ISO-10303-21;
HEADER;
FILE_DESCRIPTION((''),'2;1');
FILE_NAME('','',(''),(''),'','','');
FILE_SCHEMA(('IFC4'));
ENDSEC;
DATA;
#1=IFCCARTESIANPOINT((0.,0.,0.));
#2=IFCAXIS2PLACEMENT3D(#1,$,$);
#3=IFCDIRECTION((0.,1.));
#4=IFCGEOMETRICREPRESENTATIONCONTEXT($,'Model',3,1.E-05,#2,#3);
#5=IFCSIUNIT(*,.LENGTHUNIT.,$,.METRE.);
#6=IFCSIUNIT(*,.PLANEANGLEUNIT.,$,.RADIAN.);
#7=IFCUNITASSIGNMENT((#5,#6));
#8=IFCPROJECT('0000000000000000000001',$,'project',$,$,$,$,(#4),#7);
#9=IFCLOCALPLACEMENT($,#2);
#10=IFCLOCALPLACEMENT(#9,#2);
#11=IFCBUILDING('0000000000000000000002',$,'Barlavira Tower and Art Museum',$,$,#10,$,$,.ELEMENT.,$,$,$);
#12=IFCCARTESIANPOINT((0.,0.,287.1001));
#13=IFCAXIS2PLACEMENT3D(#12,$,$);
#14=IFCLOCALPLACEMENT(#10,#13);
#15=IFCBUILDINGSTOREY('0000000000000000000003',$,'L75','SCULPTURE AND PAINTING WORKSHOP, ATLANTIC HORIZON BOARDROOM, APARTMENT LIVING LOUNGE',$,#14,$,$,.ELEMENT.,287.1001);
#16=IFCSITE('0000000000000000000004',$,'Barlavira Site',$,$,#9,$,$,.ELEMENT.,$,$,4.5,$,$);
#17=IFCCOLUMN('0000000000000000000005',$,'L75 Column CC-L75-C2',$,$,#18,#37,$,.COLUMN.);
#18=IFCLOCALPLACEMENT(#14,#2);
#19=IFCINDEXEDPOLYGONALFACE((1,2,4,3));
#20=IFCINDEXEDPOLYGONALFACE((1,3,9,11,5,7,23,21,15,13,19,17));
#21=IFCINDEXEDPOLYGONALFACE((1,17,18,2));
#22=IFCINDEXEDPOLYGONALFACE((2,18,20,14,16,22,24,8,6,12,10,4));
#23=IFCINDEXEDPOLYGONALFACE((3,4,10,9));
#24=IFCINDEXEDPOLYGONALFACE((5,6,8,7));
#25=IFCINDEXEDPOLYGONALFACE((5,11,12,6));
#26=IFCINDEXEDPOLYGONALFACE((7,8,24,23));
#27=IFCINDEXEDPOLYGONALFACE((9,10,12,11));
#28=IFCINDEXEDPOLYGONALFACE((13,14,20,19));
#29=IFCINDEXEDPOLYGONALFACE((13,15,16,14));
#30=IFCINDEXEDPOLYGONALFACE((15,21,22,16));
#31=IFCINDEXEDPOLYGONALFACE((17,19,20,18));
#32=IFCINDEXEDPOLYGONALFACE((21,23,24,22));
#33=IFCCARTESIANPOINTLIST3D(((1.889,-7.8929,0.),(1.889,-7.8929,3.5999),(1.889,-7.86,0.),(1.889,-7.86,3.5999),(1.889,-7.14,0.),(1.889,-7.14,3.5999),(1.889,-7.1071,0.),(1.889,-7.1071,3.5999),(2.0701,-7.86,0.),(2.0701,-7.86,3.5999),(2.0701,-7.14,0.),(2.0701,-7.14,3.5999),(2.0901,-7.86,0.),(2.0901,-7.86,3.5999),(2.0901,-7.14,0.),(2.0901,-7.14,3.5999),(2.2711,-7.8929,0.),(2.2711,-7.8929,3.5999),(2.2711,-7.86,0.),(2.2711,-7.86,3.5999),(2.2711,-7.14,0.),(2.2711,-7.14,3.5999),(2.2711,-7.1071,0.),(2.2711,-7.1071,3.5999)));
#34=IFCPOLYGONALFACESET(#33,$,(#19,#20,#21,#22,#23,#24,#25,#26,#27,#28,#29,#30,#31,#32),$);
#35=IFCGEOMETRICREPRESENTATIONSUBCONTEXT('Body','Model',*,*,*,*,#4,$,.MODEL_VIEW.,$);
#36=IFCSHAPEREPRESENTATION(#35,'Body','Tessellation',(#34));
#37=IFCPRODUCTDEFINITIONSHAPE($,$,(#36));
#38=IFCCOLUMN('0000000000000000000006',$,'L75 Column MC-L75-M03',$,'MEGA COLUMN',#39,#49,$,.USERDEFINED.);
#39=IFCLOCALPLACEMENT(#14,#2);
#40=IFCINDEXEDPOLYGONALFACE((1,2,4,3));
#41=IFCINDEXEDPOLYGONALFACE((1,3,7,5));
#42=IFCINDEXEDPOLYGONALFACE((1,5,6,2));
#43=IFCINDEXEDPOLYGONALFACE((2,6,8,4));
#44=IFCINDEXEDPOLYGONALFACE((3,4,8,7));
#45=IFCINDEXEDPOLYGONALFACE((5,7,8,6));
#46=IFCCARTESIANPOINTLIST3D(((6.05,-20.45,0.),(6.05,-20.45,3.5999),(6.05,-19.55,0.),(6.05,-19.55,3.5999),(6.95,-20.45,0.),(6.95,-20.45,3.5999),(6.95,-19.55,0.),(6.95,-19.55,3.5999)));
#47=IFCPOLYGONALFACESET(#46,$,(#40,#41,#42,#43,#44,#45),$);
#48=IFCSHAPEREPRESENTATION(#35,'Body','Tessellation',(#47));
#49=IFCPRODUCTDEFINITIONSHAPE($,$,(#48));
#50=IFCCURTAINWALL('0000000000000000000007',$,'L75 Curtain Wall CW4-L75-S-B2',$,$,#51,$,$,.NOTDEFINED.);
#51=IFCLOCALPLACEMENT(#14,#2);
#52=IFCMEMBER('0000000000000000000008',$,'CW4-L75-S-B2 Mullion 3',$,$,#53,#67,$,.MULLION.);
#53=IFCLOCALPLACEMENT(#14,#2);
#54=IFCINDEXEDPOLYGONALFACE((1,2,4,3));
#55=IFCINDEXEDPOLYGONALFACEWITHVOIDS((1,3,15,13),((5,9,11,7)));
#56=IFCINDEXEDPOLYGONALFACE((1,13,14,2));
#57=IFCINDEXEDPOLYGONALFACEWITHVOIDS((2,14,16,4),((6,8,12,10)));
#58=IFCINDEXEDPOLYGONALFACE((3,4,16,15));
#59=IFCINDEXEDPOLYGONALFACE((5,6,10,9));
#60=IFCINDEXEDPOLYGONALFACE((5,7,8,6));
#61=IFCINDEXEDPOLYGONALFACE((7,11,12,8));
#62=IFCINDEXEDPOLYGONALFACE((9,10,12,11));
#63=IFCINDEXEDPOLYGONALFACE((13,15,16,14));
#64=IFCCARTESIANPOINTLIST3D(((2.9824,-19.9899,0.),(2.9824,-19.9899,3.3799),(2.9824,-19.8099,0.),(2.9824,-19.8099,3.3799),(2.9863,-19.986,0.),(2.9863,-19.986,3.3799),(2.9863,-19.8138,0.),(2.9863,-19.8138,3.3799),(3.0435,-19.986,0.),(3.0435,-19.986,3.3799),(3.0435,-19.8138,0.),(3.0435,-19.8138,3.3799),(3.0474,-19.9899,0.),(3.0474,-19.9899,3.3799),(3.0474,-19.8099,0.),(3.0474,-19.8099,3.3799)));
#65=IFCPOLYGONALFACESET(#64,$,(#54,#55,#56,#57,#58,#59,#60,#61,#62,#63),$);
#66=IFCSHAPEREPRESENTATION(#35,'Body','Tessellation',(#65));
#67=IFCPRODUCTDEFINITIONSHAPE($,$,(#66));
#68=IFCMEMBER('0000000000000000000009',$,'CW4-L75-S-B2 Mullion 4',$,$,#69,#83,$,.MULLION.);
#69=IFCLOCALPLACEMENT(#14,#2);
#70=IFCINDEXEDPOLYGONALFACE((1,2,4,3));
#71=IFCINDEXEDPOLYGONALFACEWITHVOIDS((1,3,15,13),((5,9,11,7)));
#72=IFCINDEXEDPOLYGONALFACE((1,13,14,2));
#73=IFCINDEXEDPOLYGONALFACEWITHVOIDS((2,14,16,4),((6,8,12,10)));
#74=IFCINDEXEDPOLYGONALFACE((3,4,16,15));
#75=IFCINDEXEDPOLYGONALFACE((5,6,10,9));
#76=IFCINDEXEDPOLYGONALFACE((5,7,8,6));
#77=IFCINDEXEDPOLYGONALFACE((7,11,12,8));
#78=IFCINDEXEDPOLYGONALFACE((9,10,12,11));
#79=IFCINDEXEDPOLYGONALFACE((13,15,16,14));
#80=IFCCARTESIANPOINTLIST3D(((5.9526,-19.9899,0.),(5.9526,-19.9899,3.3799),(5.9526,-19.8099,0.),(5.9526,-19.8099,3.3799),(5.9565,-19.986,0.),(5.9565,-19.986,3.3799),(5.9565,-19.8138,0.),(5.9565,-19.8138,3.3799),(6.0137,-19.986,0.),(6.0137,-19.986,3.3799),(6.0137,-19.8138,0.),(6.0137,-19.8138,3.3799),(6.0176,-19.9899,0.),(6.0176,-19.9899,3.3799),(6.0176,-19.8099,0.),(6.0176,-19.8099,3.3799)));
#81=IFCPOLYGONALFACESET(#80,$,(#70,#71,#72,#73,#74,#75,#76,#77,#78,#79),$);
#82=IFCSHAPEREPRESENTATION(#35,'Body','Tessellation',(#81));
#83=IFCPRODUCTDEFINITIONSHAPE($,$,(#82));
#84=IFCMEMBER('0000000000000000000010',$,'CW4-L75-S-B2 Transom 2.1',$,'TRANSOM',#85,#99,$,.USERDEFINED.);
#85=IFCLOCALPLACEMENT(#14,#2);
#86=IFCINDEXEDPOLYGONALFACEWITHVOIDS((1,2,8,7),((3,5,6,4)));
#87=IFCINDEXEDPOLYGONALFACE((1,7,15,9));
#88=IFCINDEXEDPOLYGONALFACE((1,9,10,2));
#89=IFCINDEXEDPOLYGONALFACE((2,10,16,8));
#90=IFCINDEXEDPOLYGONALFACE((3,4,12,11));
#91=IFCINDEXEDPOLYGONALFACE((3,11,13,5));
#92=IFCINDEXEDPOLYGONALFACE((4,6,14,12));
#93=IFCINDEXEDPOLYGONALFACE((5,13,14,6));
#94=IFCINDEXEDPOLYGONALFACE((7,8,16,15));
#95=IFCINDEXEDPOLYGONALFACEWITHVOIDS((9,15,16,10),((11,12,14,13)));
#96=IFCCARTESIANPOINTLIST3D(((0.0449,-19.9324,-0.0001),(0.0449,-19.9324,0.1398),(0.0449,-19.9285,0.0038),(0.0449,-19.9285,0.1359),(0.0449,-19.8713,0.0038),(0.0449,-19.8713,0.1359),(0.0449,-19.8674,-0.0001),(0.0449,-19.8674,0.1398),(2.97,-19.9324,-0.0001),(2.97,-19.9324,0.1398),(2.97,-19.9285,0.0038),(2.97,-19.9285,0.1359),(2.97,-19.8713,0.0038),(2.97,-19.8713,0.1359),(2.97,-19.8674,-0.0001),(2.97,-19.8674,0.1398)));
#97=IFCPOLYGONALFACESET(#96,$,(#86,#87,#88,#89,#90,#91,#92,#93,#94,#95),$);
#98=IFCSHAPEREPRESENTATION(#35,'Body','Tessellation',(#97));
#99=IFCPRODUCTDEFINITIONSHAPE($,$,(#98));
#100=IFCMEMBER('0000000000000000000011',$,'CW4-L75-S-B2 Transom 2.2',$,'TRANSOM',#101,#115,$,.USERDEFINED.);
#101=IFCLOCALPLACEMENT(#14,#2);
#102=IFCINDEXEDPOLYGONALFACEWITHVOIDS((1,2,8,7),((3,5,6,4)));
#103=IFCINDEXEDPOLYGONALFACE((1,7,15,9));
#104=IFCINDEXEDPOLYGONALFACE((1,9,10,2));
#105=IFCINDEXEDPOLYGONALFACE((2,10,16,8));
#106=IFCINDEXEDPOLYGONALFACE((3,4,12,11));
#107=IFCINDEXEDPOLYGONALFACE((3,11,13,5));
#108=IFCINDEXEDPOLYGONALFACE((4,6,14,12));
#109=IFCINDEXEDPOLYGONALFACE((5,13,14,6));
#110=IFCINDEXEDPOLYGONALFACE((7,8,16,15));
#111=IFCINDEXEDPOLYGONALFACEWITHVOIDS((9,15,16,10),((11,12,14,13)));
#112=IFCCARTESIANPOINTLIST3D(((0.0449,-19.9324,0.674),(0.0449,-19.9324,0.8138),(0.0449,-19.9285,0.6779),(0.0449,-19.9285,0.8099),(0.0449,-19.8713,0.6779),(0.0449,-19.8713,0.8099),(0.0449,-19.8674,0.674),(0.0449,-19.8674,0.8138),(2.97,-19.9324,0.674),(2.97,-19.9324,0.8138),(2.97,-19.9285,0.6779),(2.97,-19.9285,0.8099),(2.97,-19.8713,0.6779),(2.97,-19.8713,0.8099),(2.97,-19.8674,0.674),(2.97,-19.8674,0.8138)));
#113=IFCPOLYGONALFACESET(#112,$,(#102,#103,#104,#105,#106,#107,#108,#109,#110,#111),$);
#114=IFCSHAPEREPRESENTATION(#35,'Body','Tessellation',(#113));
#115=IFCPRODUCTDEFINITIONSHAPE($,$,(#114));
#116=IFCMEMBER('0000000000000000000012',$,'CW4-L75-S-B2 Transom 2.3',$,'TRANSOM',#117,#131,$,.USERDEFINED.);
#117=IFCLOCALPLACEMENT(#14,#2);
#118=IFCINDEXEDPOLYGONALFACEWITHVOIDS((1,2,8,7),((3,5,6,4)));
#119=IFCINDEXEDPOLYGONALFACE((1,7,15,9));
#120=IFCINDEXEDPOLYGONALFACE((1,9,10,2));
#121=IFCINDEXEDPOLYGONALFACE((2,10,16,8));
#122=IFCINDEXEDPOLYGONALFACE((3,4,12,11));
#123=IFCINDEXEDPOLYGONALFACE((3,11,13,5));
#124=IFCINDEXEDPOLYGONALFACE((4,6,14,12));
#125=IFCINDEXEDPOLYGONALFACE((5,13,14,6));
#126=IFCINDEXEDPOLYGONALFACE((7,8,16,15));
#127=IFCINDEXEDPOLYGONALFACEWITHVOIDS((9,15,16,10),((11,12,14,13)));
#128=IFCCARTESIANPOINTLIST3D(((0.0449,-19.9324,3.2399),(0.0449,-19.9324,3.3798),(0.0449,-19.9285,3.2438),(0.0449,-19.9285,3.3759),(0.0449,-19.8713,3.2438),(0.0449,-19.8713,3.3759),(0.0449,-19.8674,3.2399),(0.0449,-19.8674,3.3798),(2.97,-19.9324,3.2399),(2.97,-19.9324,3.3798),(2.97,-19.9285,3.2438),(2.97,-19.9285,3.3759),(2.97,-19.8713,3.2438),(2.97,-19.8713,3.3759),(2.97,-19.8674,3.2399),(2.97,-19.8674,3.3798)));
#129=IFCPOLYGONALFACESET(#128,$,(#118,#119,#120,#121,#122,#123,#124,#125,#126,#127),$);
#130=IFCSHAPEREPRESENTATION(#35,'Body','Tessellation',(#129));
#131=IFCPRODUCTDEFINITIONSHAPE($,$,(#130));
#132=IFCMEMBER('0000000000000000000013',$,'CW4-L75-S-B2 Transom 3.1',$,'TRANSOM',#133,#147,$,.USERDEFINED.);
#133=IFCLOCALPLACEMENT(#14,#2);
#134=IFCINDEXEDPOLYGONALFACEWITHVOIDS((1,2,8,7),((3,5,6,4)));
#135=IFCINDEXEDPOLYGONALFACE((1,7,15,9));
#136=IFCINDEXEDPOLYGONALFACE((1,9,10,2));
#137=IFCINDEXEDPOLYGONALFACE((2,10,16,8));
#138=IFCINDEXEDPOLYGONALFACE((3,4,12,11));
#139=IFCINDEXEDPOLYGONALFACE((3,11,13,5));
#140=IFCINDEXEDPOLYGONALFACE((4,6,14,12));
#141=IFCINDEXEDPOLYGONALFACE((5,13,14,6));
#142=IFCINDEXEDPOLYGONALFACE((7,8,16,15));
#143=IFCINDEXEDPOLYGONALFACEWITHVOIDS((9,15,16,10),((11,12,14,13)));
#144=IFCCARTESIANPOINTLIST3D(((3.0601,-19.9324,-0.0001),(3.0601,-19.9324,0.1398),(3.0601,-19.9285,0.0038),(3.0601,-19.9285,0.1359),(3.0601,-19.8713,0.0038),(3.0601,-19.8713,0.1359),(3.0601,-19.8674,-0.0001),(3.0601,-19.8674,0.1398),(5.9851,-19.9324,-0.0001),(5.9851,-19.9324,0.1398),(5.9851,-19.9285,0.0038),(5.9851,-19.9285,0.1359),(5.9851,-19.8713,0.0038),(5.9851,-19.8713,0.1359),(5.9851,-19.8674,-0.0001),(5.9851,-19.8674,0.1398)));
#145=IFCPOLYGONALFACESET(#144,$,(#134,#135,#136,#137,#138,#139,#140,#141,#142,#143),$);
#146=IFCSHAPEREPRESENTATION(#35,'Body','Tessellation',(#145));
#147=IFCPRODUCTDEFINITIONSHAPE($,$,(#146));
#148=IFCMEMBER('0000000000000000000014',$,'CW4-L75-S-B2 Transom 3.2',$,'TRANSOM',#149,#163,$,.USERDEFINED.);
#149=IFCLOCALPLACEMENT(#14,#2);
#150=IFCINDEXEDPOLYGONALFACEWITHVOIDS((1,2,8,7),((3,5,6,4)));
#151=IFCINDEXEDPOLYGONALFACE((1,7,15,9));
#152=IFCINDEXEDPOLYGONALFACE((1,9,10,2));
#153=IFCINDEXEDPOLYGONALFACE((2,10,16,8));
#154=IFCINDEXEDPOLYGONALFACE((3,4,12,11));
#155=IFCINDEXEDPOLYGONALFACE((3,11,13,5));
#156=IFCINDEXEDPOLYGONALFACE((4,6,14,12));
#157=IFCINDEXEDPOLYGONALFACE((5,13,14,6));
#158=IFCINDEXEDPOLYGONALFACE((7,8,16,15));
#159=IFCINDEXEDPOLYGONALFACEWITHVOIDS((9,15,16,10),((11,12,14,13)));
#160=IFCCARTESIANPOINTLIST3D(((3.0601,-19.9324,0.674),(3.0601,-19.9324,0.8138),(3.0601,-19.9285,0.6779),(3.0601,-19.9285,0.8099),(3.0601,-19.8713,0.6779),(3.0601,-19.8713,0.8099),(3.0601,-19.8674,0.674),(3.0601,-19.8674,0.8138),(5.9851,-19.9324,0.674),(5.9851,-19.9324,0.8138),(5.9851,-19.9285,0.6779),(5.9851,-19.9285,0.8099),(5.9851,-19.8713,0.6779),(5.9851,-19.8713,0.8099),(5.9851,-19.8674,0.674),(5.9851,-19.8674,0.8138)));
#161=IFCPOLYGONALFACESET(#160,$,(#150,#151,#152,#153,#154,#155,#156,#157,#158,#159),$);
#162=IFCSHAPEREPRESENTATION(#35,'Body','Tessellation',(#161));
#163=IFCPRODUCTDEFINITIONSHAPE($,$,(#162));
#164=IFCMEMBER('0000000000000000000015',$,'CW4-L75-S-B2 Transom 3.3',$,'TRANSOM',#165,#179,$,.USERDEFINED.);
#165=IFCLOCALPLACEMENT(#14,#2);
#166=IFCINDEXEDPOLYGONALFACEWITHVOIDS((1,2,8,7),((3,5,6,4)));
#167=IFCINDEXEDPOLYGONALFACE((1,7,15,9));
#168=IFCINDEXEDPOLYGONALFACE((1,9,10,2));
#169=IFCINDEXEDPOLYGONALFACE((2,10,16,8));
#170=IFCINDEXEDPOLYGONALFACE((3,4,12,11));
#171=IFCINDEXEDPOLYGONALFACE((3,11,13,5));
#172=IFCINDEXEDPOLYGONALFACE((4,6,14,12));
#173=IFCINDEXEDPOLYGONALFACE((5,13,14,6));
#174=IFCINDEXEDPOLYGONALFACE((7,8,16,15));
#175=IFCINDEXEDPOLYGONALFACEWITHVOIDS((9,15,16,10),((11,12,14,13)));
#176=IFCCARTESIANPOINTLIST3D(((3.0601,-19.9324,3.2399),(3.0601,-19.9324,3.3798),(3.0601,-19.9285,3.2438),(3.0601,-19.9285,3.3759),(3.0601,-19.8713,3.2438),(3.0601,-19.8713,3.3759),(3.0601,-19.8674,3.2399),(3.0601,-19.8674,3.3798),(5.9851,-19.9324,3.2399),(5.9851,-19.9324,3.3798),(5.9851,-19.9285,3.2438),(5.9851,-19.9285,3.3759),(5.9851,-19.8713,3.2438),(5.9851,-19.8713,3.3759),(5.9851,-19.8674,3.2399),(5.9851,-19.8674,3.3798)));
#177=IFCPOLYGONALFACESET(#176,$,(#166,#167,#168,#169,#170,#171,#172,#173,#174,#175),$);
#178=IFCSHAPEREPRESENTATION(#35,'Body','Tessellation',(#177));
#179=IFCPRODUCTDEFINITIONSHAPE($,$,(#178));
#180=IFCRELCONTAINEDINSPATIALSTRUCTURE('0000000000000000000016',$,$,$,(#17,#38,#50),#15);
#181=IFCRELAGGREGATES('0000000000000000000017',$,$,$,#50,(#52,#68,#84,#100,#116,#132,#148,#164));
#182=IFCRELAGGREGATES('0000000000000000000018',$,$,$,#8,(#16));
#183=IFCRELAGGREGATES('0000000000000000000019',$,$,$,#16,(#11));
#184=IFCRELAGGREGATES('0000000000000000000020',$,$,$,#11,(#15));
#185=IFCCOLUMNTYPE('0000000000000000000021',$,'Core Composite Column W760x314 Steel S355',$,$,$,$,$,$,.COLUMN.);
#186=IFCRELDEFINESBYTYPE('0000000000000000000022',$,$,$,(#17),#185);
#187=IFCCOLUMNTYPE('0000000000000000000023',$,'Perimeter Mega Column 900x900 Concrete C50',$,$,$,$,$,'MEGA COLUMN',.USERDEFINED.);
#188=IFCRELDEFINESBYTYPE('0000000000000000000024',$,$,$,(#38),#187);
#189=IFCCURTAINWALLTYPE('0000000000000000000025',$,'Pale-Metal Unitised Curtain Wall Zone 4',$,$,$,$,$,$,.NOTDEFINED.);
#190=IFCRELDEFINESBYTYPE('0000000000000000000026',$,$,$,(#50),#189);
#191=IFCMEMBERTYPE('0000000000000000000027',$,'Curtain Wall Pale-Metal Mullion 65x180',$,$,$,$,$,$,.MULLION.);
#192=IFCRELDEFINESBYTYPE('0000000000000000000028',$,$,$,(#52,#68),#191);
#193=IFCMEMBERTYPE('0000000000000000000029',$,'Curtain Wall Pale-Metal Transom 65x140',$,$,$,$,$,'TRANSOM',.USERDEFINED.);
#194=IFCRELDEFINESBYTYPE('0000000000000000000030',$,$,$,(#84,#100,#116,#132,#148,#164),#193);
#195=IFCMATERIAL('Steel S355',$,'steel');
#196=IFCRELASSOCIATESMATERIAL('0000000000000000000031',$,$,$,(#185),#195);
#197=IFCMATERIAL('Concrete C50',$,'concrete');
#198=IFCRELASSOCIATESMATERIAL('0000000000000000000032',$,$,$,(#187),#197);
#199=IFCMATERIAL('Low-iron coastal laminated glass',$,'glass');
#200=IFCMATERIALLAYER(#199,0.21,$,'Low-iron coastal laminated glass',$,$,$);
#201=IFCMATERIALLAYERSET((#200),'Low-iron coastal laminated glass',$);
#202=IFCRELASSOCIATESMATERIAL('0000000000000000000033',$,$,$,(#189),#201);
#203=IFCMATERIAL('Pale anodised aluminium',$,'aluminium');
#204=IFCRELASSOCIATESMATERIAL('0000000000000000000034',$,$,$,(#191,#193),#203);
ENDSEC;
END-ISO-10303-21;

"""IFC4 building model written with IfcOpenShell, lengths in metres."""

from ifc_helpers import new_model, si_unit, direction, frame, origin, origin_2d, place, context, subcontext, project, spatial, rectangle, hollow_rectangle, i_section, extrude, material, layer, layer_set, material_profile, profile_set, type_object, element, aggregate, save


model = new_model("IFC4")

# Units and contexts
model_context = context("Model", 3, precision=1e-05, world=origin(), true_north=direction((0.0, 1.0)))
body_context = subcontext(model_context, "Body", "Model", "MODEL_VIEW")
ifc_project = project(units=[si_unit("LENGTHUNIT", "METRE"), si_unit("PLANEANGLEUNIT", "RADIAN")], contexts=[model_context])

# Site, building, storey
site_placement = place(None, origin())
site = spatial("IfcSite", under=ifc_project, at=site_placement, Name="Barlavira Site", CompositionType="ELEMENT", RefElevation=4.5)
building_placement = place(site_placement, origin())
building = spatial("IfcBuilding", under=site, at=building_placement, Name="Barlavira Tower and Art Museum", CompositionType="ELEMENT")
storey_placement = place(building_placement, frame((0.0, 0.0, 287.1001)))
storey = spatial("IfcBuildingStorey", under=building, at=storey_placement, Name="L75", Description="SCULPTURE AND PAINTING WORKSHOP, ATLANTIC HORIZON BOARDROOM, APARTMENT LIVING LOUNGE", CompositionType="ELEMENT", Elevation=287.1001)

# Columns
ifc_material_1 = material(Name="Steel S355", Category="steel")
ifc_material_profile_1 = material_profile(ifc_material_1, i_section(OverallWidth=0.3821, OverallDepth=0.7859, WebThickness=0.02, FlangeThickness=0.033, at=origin_2d()), Name="W760x314.0")
ifc_profile_set_1 = profile_set([ifc_material_profile_1], Name="Steel S355")
column_type_1 = type_object("IfcColumnType", Name="Core Composite Column W760x314 Steel S355", PredefinedType="COLUMN", material=ifc_profile_set_1)
column_1_placement = place(storey_placement, frame((2.0801, -7.5, 0.0), z_axis=(0.0, 0.0, 1.0), x_axis=(1.0, 0.0, 0.0)))
element("IfcColumn", 1, at=column_1_placement, inside=storey, type_object=column_type_1, Name="L75 Column CC-L75-C2", PredefinedType="COLUMN", context=body_context, shape_type="SweptSolid", body=[
    extrude(i_section(OverallWidth=0.3821, OverallDepth=0.7859, WebThickness=0.02, FlangeThickness=0.033, at=origin_2d()), origin(), (0.0, 0.0, 1.0), 3.5999),
])
ifc_material_2 = material(Name="Concrete C50", Category="concrete")
ifc_material_profile_2 = material_profile(ifc_material_2, rectangle(XDim=0.8999, YDim=0.8999, at=origin_2d()), Name="RC-COL 900x900")
ifc_profile_set_2 = profile_set([ifc_material_profile_2], Name="Concrete C50")
column_type_2 = type_object("IfcColumnType", Name="Perimeter Mega Column 900x900 Concrete C50", ElementType="MEGA COLUMN", PredefinedType="USERDEFINED", material=ifc_profile_set_2)
column_2_placement = place(storey_placement, frame((6.5, -20.0, 0.0), z_axis=(0.0, 0.0, 1.0), x_axis=(1.0, 0.0, 0.0)))
element("IfcColumn", 2, at=column_2_placement, inside=storey, type_object=column_type_2, Name="L75 Column MC-L75-M03", ObjectType="MEGA COLUMN", PredefinedType="USERDEFINED", context=body_context, shape_type="SweptSolid", body=[
    extrude(rectangle(XDim=0.8999, YDim=0.8999, at=origin_2d()), origin(), (0.0, 0.0, 1.0), 3.5999),
])

# Curtain wall, members
ifc_material_3 = material(Name="Low-iron coastal laminated glass", Category="glass")
ifc_layer_1 = layer(ifc_material_3, 0.21, Name="Low-iron coastal laminated glass")
ifc_layer_set_1 = layer_set([ifc_layer_1], Name="Low-iron coastal laminated glass")
curtain_wall_type = type_object("IfcCurtainWallType", Name="Pale-Metal Unitised Curtain Wall Zone 4", PredefinedType="NOTDEFINED", material=ifc_layer_set_1)
curtain_wall_placement = place(storey_placement, origin())
curtain_wall = element("IfcCurtainWall", 3, at=curtain_wall_placement, inside=storey, type_object=curtain_wall_type, Name="L75 Curtain Wall CW4-L75-S-B2", PredefinedType="NOTDEFINED")
ifc_material_4 = material(Name="Pale anodised aluminium", Category="aluminium")
ifc_material_profile_3 = material_profile(ifc_material_4, hollow_rectangle(XDim=0.0649, YDim=0.1799, WallThickness=0.0039, at=origin_2d()), Name="ALU-MULL 65x180x4")
ifc_profile_set_3 = profile_set([ifc_material_profile_3], Name="Pale anodised aluminium")
member_type_1 = type_object("IfcMemberType", Name="Curtain Wall Pale-Metal Mullion 65x180", PredefinedType="MULLION", material=ifc_profile_set_3)
member_1_placement = place(storey_placement, frame((3.0149, -19.8999, 0.0), z_axis=(0.0, 0.0, 1.0), x_axis=(1.0, 0.0, 0.0)))
member_1 = element("IfcMember", 4, at=member_1_placement, type_object=member_type_1, Name="CW4-L75-S-B2 Mullion 3", PredefinedType="MULLION", context=body_context, shape_type="SweptSolid", body=[
    extrude(hollow_rectangle(XDim=0.0649, YDim=0.1799, WallThickness=0.0039, at=origin_2d()), origin(), (0.0, 0.0, 1.0), 3.3799),
])
member_2_placement = place(storey_placement, frame((5.9851, -19.8999, 0.0), z_axis=(0.0, 0.0, 1.0), x_axis=(1.0, 0.0, 0.0)))
member_2 = element("IfcMember", 5, at=member_2_placement, type_object=member_type_1, Name="CW4-L75-S-B2 Mullion 4", PredefinedType="MULLION", context=body_context, shape_type="SweptSolid", body=[
    extrude(hollow_rectangle(XDim=0.0649, YDim=0.1799, WallThickness=0.0039, at=origin_2d()), origin(), (0.0, 0.0, 1.0), 3.3799),
])
ifc_material_profile_4 = material_profile(ifc_material_4, hollow_rectangle(XDim=0.0649, YDim=0.1399, WallThickness=0.0039, at=origin_2d()), Name="ALU-TRAN 65x140x4")
ifc_profile_set_4 = profile_set([ifc_material_profile_4], Name="Pale anodised aluminium")
member_type_2 = type_object("IfcMemberType", Name="Curtain Wall Pale-Metal Transom 65x140", ElementType="TRANSOM", PredefinedType="USERDEFINED", material=ifc_profile_set_4)
member_3_placement = place(storey_placement, frame((0.0449, -19.8999, 0.0698), z_axis=(1.0, 0.0, 0.0), x_axis=(0.0, 1.0, 0.0)))
member_3 = element("IfcMember", 6, at=member_3_placement, type_object=member_type_2, Name="CW4-L75-S-B2 Transom 2.1", ObjectType="TRANSOM", PredefinedType="USERDEFINED", context=body_context, shape_type="SweptSolid", body=[
    extrude(hollow_rectangle(XDim=0.0649, YDim=0.1399, WallThickness=0.0039, at=origin_2d()), origin(), (0.0, 0.0, 1.0), 2.925),
])
member_4_placement = place(storey_placement, frame((0.0449, -19.8999, 0.7439), z_axis=(1.0, 0.0, 0.0), x_axis=(0.0, 1.0, 0.0)))
member_4 = element("IfcMember", 7, at=member_4_placement, type_object=member_type_2, Name="CW4-L75-S-B2 Transom 2.2", ObjectType="TRANSOM", PredefinedType="USERDEFINED", context=body_context, shape_type="SweptSolid", body=[
    extrude(hollow_rectangle(XDim=0.0649, YDim=0.1399, WallThickness=0.0039, at=origin_2d()), origin(), (0.0, 0.0, 1.0), 2.925),
])
member_5_placement = place(storey_placement, frame((0.0449, -19.8999, 3.3098), z_axis=(1.0, 0.0, 0.0), x_axis=(0.0, 1.0, 0.0)))
member_5 = element("IfcMember", 8, at=member_5_placement, type_object=member_type_2, Name="CW4-L75-S-B2 Transom 2.3", ObjectType="TRANSOM", PredefinedType="USERDEFINED", context=body_context, shape_type="SweptSolid", body=[
    extrude(hollow_rectangle(XDim=0.0649, YDim=0.1399, WallThickness=0.0039, at=origin_2d()), origin(), (0.0, 0.0, 1.0), 2.925),
])
member_6_placement = place(storey_placement, frame((3.0601, -19.8999, 0.0698), z_axis=(1.0, 0.0, 0.0), x_axis=(0.0, 1.0, 0.0)))
member_6 = element("IfcMember", 9, at=member_6_placement, type_object=member_type_2, Name="CW4-L75-S-B2 Transom 3.1", ObjectType="TRANSOM", PredefinedType="USERDEFINED", context=body_context, shape_type="SweptSolid", body=[
    extrude(hollow_rectangle(XDim=0.0649, YDim=0.1399, WallThickness=0.0039, at=origin_2d()), origin(), (0.0, 0.0, 1.0), 2.925),
])
member_7_placement = place(storey_placement, frame((3.0601, -19.8999, 0.7439), z_axis=(1.0, 0.0, 0.0), x_axis=(0.0, 1.0, 0.0)))
member_7 = element("IfcMember", 10, at=member_7_placement, type_object=member_type_2, Name="CW4-L75-S-B2 Transom 3.2", ObjectType="TRANSOM", PredefinedType="USERDEFINED", context=body_context, shape_type="SweptSolid", body=[
    extrude(hollow_rectangle(XDim=0.0649, YDim=0.1399, WallThickness=0.0039, at=origin_2d()), origin(), (0.0, 0.0, 1.0), 2.925),
])
member_8_placement = place(storey_placement, frame((3.0601, -19.8999, 3.3098), z_axis=(1.0, 0.0, 0.0), x_axis=(0.0, 1.0, 0.0)))
member_8 = element("IfcMember", 11, at=member_8_placement, type_object=member_type_2, Name="CW4-L75-S-B2 Transom 3.3", ObjectType="TRANSOM", PredefinedType="USERDEFINED", context=body_context, shape_type="SweptSolid", body=[
    extrude(hollow_rectangle(XDim=0.0649, YDim=0.1399, WallThickness=0.0039, at=origin_2d()), origin(), (0.0, 0.0, 1.0), 2.925),
])

aggregate(curtain_wall, [member_1, member_2, member_3, member_4, member_5, member_6, member_7, member_8])

save(model, "model.ifc")
